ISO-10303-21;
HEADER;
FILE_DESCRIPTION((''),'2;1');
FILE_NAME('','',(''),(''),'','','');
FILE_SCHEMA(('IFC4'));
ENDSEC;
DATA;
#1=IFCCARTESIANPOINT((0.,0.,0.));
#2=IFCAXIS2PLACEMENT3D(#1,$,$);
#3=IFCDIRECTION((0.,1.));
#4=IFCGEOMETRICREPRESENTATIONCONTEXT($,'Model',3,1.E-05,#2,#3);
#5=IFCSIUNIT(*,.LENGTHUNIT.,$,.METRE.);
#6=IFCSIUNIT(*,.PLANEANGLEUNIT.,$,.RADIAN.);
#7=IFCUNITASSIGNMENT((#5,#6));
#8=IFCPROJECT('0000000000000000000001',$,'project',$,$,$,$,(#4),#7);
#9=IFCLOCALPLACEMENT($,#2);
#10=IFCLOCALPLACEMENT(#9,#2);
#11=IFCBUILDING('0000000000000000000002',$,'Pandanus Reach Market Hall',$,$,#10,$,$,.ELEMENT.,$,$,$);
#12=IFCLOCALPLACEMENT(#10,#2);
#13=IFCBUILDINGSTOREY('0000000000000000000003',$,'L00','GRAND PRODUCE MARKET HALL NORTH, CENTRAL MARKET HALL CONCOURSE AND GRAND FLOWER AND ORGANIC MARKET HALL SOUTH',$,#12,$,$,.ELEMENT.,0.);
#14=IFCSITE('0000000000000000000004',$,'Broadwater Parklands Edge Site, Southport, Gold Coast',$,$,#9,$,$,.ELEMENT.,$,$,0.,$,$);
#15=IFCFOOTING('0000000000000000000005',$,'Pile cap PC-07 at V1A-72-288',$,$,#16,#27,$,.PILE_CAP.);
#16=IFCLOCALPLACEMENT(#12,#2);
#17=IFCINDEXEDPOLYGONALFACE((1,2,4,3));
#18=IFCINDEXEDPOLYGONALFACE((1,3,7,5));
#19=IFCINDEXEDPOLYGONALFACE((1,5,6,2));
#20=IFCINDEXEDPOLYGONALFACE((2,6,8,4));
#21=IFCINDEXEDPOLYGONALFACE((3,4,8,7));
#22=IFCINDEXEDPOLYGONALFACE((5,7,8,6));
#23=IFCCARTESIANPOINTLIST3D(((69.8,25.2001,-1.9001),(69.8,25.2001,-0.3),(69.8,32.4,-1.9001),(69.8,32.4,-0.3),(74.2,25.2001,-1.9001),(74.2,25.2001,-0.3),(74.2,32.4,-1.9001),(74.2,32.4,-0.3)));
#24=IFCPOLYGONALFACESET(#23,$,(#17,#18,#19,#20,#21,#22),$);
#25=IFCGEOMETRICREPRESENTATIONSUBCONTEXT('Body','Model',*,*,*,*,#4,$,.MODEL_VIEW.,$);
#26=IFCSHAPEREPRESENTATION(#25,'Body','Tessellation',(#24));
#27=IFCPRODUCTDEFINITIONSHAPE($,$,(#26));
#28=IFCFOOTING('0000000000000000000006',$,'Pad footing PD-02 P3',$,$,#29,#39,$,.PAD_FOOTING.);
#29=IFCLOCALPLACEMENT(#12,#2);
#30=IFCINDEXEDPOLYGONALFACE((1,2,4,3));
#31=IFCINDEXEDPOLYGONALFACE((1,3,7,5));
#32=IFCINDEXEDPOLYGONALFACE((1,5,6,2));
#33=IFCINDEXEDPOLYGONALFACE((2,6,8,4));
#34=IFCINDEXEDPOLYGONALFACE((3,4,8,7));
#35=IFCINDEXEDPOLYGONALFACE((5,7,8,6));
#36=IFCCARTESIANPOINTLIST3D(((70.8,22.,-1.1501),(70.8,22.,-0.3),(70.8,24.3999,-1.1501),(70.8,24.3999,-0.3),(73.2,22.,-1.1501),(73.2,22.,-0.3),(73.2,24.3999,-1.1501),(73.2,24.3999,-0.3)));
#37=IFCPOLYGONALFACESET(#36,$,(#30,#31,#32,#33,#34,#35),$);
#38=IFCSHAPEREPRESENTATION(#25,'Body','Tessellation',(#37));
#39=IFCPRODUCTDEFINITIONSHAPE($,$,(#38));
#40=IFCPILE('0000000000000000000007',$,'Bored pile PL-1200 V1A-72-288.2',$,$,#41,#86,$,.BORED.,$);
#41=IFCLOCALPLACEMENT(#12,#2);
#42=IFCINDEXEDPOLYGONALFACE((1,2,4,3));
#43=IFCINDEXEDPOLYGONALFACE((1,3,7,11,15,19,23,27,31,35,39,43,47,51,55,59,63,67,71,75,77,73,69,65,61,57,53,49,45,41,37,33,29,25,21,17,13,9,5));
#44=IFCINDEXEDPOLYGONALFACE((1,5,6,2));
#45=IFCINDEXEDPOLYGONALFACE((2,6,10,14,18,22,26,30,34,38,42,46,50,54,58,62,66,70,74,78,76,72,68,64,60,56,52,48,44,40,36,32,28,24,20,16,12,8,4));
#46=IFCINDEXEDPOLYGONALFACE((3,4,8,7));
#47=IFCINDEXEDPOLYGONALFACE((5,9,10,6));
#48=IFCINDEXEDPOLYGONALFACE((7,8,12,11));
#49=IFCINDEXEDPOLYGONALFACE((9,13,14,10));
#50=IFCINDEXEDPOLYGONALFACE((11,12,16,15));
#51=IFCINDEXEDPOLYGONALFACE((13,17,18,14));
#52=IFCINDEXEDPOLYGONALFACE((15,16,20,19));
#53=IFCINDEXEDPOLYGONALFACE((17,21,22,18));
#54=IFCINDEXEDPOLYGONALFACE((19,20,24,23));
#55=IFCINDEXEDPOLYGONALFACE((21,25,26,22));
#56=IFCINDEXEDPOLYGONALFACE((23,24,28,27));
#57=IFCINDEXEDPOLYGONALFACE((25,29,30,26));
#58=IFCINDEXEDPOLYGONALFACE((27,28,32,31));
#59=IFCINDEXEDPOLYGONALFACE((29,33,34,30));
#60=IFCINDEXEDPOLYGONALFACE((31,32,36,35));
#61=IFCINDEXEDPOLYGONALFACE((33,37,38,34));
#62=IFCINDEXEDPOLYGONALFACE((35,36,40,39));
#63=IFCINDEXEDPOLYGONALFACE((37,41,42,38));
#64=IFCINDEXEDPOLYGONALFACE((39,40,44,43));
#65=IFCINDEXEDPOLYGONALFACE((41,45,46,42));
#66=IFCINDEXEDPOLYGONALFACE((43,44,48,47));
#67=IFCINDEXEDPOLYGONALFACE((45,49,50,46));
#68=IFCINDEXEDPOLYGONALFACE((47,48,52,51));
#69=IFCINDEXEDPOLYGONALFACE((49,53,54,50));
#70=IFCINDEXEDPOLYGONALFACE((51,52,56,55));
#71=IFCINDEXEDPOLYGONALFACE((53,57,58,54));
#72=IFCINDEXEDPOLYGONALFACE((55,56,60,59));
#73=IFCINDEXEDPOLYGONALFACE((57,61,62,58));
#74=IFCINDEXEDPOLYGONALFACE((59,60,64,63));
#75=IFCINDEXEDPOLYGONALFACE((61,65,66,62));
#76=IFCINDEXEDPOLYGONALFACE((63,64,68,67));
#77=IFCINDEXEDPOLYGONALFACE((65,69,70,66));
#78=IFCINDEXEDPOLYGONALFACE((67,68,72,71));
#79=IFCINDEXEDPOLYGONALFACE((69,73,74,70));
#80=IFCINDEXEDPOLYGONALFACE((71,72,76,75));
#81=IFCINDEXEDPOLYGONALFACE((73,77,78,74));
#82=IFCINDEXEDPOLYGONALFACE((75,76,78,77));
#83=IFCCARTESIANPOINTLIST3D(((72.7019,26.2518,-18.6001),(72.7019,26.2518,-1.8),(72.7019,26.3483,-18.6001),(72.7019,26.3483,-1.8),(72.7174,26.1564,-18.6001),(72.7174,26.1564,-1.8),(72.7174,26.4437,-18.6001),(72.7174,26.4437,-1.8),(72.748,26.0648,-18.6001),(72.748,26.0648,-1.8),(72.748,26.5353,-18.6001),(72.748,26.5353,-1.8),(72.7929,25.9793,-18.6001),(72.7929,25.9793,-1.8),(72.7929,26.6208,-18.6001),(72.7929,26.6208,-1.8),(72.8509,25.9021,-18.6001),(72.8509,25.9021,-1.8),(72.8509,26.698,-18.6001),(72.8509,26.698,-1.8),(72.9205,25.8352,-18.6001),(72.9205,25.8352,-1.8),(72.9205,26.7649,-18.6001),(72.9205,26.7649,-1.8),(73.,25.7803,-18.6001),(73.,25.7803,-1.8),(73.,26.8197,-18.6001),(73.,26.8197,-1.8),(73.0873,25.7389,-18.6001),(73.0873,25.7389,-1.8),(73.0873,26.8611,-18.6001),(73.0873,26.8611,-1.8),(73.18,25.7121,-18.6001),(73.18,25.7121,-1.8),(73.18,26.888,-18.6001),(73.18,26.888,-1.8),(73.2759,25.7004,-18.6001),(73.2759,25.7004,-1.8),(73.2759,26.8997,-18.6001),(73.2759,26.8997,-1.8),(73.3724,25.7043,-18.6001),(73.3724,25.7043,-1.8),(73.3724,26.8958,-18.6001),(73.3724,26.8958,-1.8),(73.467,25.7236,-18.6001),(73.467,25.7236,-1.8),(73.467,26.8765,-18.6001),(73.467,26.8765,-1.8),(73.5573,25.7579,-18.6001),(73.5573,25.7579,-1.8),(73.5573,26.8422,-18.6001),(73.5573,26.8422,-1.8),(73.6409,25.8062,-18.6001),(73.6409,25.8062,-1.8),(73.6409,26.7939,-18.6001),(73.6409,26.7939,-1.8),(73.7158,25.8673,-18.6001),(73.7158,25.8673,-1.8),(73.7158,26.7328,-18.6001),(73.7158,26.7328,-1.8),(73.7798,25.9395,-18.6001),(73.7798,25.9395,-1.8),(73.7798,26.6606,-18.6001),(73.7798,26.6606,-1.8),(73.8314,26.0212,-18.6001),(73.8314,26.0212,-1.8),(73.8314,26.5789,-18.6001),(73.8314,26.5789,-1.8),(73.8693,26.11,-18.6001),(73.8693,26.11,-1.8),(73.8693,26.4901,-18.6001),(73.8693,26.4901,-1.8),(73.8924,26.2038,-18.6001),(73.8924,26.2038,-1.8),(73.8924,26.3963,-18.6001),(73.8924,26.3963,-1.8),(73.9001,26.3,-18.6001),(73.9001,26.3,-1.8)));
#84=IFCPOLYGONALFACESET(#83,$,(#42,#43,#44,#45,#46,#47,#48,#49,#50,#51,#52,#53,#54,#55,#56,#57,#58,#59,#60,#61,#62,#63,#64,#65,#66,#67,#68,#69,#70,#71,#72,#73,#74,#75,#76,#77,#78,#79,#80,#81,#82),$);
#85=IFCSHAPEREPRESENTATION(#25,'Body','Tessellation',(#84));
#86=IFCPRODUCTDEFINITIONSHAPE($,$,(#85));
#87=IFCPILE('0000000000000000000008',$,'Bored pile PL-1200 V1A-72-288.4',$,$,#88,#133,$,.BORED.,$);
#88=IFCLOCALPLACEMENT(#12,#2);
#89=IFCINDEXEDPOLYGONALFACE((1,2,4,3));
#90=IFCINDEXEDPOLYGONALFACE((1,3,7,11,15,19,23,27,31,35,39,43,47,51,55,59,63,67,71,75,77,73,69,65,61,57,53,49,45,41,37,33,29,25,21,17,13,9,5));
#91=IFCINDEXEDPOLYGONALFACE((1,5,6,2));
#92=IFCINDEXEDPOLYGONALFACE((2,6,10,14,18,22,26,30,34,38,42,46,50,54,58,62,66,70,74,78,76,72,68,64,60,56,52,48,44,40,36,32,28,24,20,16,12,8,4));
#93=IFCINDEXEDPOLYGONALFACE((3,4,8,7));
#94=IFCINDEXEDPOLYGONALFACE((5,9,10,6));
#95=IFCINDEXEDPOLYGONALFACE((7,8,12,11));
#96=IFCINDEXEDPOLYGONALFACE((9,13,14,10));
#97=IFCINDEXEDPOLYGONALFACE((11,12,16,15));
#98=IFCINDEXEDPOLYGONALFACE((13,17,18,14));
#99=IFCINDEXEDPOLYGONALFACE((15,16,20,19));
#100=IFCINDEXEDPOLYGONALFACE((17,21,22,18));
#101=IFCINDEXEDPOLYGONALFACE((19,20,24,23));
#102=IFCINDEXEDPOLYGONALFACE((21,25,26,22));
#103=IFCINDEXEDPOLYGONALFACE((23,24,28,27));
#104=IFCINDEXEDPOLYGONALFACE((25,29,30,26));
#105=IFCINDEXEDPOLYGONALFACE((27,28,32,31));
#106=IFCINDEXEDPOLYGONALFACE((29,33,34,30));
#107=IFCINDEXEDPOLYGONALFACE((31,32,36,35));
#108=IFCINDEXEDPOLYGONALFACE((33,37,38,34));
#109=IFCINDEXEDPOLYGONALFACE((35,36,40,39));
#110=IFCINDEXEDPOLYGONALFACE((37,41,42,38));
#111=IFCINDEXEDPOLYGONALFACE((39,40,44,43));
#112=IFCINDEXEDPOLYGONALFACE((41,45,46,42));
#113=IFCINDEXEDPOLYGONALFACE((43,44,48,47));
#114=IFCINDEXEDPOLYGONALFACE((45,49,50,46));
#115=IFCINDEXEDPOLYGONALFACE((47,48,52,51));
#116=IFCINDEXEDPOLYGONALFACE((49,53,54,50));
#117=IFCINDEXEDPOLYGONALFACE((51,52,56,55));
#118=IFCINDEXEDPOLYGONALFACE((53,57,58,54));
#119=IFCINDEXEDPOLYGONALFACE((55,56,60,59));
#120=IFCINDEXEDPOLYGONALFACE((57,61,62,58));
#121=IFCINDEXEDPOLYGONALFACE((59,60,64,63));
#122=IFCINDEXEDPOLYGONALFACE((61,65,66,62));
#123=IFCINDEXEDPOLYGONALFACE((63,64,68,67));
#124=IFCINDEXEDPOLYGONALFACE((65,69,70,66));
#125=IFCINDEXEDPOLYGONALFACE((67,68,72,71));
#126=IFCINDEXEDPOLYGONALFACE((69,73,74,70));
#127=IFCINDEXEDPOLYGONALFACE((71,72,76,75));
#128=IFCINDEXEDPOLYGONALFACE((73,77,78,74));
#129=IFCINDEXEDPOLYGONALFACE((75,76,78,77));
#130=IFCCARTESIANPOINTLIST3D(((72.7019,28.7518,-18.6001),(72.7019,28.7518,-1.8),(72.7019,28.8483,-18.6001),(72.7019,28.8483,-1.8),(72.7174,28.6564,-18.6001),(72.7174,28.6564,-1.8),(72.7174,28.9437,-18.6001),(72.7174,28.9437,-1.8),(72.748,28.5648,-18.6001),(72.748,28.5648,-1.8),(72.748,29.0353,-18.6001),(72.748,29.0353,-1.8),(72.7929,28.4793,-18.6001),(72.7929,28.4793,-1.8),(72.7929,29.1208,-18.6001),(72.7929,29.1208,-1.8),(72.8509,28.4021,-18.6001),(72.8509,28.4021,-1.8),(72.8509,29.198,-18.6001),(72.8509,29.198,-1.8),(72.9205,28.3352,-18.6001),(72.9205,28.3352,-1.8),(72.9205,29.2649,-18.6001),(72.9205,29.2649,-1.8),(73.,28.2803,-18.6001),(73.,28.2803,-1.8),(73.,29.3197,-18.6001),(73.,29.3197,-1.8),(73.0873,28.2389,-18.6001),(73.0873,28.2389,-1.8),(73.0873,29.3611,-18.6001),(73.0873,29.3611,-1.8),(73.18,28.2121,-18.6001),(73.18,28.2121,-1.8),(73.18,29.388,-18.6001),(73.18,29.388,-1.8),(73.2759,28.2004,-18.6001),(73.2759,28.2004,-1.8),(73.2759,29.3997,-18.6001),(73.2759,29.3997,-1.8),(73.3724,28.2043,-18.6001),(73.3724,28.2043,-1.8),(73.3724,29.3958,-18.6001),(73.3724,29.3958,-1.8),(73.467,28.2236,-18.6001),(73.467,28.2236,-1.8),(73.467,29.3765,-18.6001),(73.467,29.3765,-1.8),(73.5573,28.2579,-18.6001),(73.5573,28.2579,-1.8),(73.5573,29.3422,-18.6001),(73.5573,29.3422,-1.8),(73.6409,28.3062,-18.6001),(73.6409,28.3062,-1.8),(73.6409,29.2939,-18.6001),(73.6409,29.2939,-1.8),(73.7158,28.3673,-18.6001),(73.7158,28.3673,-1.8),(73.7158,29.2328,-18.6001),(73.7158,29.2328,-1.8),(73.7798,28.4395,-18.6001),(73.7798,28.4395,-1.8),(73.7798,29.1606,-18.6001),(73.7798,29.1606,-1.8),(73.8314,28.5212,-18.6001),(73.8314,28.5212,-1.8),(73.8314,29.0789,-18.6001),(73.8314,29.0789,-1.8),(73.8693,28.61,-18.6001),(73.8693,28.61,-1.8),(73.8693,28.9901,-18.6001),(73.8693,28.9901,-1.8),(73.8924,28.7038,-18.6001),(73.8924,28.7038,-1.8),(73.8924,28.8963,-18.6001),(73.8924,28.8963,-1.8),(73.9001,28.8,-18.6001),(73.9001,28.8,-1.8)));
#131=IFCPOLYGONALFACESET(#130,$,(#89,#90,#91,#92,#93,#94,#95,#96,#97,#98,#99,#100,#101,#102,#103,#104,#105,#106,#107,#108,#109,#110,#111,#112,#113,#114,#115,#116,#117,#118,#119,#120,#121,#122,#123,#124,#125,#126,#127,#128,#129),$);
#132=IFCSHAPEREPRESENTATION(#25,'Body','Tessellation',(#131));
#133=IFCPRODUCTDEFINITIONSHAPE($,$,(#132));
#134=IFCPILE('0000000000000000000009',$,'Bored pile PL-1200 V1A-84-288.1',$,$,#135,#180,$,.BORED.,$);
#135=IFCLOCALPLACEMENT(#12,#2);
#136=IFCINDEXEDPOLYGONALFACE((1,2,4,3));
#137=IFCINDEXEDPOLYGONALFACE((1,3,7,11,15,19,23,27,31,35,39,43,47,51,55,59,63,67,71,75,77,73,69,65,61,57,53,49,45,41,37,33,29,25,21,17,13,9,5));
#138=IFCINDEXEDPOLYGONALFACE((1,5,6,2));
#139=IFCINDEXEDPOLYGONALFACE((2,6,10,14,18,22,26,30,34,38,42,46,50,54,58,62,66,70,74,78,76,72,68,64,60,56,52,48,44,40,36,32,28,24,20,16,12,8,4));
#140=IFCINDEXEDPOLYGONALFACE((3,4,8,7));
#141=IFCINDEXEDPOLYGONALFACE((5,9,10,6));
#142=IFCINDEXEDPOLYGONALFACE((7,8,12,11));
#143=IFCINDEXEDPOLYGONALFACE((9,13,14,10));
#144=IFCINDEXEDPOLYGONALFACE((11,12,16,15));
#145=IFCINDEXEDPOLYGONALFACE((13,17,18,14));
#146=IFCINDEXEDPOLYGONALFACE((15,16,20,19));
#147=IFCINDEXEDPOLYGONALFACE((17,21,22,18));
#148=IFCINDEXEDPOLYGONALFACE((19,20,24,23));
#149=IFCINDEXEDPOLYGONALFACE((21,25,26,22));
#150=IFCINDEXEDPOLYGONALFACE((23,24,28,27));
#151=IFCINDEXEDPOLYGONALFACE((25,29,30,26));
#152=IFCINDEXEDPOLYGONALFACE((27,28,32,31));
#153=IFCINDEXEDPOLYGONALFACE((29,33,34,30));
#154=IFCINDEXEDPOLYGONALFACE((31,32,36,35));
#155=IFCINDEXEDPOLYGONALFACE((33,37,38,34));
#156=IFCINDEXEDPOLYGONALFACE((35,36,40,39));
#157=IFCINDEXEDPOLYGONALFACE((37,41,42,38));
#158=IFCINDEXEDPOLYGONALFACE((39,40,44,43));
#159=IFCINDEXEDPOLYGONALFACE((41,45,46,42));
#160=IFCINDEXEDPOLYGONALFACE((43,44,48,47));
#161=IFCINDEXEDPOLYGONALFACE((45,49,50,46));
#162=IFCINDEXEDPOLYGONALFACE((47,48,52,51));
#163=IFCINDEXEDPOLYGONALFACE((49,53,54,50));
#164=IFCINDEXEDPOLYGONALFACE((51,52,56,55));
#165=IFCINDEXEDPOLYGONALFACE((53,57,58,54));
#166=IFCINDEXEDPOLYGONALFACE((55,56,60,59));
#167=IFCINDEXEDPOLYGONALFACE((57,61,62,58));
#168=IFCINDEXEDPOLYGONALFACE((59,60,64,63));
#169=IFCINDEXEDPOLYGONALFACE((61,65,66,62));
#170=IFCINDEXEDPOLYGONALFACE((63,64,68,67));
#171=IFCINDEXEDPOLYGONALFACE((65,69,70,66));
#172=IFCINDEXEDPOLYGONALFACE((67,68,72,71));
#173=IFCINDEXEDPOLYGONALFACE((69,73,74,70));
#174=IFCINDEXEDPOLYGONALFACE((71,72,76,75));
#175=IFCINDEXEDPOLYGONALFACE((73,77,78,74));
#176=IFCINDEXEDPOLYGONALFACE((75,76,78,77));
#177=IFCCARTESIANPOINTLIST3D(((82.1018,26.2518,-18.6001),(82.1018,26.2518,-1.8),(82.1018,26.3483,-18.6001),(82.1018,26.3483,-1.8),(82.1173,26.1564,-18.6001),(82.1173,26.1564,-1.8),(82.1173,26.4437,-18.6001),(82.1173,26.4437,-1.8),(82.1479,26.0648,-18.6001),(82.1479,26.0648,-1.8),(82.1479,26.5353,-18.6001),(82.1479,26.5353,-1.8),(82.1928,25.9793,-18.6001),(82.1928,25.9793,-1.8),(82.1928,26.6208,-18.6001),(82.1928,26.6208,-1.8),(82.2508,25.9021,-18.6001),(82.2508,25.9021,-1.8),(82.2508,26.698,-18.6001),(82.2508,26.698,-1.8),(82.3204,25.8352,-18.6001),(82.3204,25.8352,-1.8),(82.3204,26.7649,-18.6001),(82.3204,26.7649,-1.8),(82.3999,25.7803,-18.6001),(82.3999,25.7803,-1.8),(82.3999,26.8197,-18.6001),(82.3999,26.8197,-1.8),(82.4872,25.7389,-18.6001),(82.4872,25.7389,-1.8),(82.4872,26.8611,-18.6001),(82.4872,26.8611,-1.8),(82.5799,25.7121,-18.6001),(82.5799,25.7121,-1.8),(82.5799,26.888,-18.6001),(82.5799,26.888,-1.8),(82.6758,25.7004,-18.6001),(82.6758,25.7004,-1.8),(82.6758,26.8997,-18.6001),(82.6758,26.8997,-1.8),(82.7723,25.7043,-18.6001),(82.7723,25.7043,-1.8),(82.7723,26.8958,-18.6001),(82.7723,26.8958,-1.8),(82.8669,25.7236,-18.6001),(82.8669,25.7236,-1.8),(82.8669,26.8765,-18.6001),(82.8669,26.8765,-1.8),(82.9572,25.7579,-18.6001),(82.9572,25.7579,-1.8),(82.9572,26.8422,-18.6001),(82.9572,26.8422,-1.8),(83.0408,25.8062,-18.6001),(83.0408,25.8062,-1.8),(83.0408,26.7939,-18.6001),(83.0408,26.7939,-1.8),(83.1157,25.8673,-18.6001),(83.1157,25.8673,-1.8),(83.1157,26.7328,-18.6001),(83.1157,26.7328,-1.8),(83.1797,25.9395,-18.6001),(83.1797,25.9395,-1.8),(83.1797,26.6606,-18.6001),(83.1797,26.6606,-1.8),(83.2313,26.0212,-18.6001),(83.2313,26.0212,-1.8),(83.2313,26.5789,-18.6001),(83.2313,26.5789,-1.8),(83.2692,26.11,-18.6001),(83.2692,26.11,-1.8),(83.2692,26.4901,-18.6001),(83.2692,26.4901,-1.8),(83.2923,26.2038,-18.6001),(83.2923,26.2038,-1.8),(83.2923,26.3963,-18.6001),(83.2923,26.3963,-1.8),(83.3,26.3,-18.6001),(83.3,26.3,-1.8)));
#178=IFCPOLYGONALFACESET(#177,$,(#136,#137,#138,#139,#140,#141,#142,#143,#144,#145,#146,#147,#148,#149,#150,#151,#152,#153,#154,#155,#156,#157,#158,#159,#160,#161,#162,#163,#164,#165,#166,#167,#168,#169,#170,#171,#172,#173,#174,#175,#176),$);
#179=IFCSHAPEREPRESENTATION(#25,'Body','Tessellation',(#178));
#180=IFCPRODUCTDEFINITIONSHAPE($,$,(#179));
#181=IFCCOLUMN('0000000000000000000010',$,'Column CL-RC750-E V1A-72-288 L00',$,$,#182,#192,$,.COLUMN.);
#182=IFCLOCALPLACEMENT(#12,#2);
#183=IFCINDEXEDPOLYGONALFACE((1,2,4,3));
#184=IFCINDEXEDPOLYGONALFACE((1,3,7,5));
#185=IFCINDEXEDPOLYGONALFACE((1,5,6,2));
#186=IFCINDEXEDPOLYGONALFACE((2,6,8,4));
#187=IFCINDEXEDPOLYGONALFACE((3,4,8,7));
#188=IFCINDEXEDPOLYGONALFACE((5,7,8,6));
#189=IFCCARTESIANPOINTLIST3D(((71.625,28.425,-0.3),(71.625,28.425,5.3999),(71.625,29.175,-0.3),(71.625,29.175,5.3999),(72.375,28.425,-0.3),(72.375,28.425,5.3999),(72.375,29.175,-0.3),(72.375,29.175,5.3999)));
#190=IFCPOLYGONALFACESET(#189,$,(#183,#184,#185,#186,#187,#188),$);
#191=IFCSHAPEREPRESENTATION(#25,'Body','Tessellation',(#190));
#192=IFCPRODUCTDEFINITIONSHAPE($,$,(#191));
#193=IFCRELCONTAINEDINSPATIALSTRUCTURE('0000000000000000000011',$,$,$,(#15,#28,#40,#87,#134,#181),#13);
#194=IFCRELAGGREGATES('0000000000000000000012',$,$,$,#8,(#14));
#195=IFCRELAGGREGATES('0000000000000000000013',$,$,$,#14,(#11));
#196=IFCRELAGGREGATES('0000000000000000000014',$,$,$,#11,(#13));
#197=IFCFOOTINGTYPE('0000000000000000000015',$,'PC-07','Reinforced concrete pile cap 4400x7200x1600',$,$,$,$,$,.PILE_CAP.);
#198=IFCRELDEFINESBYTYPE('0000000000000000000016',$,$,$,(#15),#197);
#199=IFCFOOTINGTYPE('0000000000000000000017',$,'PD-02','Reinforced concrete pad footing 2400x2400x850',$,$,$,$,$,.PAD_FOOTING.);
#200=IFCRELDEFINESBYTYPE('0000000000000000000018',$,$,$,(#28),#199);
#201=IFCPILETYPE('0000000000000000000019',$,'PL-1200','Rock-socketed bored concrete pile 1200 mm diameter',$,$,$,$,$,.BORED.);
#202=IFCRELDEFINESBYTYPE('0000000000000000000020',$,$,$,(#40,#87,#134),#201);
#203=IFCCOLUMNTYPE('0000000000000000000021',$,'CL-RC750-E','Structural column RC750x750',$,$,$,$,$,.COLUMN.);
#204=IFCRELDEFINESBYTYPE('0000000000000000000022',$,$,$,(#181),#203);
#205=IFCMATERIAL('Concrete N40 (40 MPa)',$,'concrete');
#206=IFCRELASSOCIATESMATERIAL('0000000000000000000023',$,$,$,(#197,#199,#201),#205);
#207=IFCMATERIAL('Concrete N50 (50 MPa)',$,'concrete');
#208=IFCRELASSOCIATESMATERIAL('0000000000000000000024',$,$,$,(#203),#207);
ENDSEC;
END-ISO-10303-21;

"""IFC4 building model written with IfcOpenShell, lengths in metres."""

from ifc_helpers import new_model, si_unit, direction, frame, origin, origin_2d, place, context, subcontext, project, spatial, rectangle, circle, extrude, material, material_profile, profile_set, type_object, element, save


model = new_model("IFC4")

# Units and contexts
model_context = context("Model", 3, precision=1e-05, world=origin(), true_north=direction((0.0, 1.0)))
body_context = subcontext(model_context, "Body", "Model", "MODEL_VIEW")
ifc_project = project(units=[si_unit("LENGTHUNIT", "METRE"), si_unit("PLANEANGLEUNIT", "RADIAN")], contexts=[model_context])

# Site, building, storey
site_placement = place(None, origin())
site = spatial("IfcSite", under=ifc_project, at=site_placement, Name="Broadwater Parklands Edge Site, Southport, Gold Coast", CompositionType="ELEMENT", RefElevation=0.0)
building_placement = place(site_placement, origin())
building = spatial("IfcBuilding", under=site, at=building_placement, Name="Pandanus Reach Market Hall", CompositionType="ELEMENT")
storey_placement = place(building_placement, origin())
storey = spatial("IfcBuildingStorey", under=building, at=storey_placement, Name="L00", Description="GRAND PRODUCE MARKET HALL NORTH, CENTRAL MARKET HALL CONCOURSE AND GRAND FLOWER AND ORGANIC MARKET HALL SOUTH", CompositionType="ELEMENT", Elevation=0.0)

# Footings
ifc_material_1 = material(Name="Concrete N40 (40 MPa)", Category="concrete")
footing_type_1 = type_object("IfcFootingType", Name="PC-07", Description="Reinforced concrete pile cap 4400x7200x1600", PredefinedType="PILE_CAP", material=ifc_material_1)
footing_1_placement = place(storey_placement, frame((72.0, 28.8, -1.9001), z_axis=(0.0, 0.0, 1.0), x_axis=(1.0, 0.0, 0.0)))
element("IfcFooting", 1, at=footing_1_placement, inside=storey, type_object=footing_type_1, Name="Pile cap PC-07 at V1A-72-288", PredefinedType="PILE_CAP", context=body_context, shape_type="SweptSolid", body=[
    extrude(rectangle(XDim=4.3999, YDim=7.2, at=origin_2d()), origin(), (0.0, 0.0, 1.0), 1.6001),
])
footing_type_2 = type_object("IfcFootingType", Name="PD-02", Description="Reinforced concrete pad footing 2400x2400x850", PredefinedType="PAD_FOOTING", material=ifc_material_1)
footing_2_placement = place(storey_placement, frame((72.0, 23.2, -1.1501), z_axis=(0.0, 0.0, 1.0), x_axis=(1.0, 0.0, 0.0)))
element("IfcFooting", 2, at=footing_2_placement, inside=storey, type_object=footing_type_2, Name="Pad footing PD-02 P3", PredefinedType="PAD_FOOTING", context=body_context, shape_type="SweptSolid", body=[
    extrude(rectangle(XDim=2.3999, YDim=2.3999, at=origin_2d()), origin(), (0.0, 0.0, 1.0), 0.8501),
])

# Piles
ifc_material_profile_1 = material_profile(ifc_material_1, circle(Radius=0.6001, at=origin_2d()), Name="PILE-1200D", Category="LoadBearing")
ifc_profile_set_1 = profile_set([ifc_material_profile_1], Name="Concrete N40 (40 MPa)")
pile_type = type_object("IfcPileType", Name="PL-1200", Description="Rock-socketed bored concrete pile 1200 mm diameter", PredefinedType="BORED", material=ifc_profile_set_1)
for number, where, z_axis, x_axis, name in (
    (3, (73.3, 26.3, -1.8), (0.0, 0.0, -1.0), (1.0, 0.0, 0.0), "Bored pile PL-1200 V1A-72-288.2"),
    (4, (73.3, 28.8, -1.8), (0.0, 0.0, -1.0), (1.0, 0.0, 0.0), "Bored pile PL-1200 V1A-72-288.4"),
    (5, (82.7, 26.3, -1.8), (0.0, 0.0, -1.0), (1.0, 0.0, 0.0), "Bored pile PL-1200 V1A-84-288.1"),
):
    element("IfcPile", number, at=place(storey_placement, frame(where, z_axis=z_axis, x_axis=x_axis)), inside=storey, type_object=pile_type, Name=name, PredefinedType="BORED", context=body_context, shape_type="SweptSolid", body=[
        extrude(circle(Radius=0.6001, at=origin_2d()), origin(), (0.0, 0.0, 1.0), 16.8),
    ])

# Column
ifc_material_2 = material(Name="Concrete N50 (50 MPa)", Category="concrete")
ifc_material_profile_2 = material_profile(ifc_material_2, rectangle(XDim=0.75, YDim=0.75, at=origin_2d()), Name="RC750x750", Category="LoadBearing")
ifc_profile_set_2 = profile_set([ifc_material_profile_2], Name="Concrete N50 (50 MPa)")
column_type_1 = type_object("IfcColumnType", Name="CL-RC750-E", Description="Structural column RC750x750", PredefinedType="COLUMN", material=ifc_profile_set_2)
column_1_placement = place(storey_placement, frame((72.0, 28.8, -0.3), z_axis=(0.0, 0.0, 1.0), x_axis=(1.0, 0.0, 0.0)))
element("IfcColumn", 6, at=column_1_placement, inside=storey, type_object=column_type_1, Name="Column CL-RC750-E V1A-72-288 L00", PredefinedType="COLUMN", context=body_context, shape_type="SweptSolid", body=[
    extrude(rectangle(XDim=0.75, YDim=0.75, at=origin_2d()), origin(), (0.0, 0.0, 1.0), 5.7),
])

save(model, "model.ifc")
